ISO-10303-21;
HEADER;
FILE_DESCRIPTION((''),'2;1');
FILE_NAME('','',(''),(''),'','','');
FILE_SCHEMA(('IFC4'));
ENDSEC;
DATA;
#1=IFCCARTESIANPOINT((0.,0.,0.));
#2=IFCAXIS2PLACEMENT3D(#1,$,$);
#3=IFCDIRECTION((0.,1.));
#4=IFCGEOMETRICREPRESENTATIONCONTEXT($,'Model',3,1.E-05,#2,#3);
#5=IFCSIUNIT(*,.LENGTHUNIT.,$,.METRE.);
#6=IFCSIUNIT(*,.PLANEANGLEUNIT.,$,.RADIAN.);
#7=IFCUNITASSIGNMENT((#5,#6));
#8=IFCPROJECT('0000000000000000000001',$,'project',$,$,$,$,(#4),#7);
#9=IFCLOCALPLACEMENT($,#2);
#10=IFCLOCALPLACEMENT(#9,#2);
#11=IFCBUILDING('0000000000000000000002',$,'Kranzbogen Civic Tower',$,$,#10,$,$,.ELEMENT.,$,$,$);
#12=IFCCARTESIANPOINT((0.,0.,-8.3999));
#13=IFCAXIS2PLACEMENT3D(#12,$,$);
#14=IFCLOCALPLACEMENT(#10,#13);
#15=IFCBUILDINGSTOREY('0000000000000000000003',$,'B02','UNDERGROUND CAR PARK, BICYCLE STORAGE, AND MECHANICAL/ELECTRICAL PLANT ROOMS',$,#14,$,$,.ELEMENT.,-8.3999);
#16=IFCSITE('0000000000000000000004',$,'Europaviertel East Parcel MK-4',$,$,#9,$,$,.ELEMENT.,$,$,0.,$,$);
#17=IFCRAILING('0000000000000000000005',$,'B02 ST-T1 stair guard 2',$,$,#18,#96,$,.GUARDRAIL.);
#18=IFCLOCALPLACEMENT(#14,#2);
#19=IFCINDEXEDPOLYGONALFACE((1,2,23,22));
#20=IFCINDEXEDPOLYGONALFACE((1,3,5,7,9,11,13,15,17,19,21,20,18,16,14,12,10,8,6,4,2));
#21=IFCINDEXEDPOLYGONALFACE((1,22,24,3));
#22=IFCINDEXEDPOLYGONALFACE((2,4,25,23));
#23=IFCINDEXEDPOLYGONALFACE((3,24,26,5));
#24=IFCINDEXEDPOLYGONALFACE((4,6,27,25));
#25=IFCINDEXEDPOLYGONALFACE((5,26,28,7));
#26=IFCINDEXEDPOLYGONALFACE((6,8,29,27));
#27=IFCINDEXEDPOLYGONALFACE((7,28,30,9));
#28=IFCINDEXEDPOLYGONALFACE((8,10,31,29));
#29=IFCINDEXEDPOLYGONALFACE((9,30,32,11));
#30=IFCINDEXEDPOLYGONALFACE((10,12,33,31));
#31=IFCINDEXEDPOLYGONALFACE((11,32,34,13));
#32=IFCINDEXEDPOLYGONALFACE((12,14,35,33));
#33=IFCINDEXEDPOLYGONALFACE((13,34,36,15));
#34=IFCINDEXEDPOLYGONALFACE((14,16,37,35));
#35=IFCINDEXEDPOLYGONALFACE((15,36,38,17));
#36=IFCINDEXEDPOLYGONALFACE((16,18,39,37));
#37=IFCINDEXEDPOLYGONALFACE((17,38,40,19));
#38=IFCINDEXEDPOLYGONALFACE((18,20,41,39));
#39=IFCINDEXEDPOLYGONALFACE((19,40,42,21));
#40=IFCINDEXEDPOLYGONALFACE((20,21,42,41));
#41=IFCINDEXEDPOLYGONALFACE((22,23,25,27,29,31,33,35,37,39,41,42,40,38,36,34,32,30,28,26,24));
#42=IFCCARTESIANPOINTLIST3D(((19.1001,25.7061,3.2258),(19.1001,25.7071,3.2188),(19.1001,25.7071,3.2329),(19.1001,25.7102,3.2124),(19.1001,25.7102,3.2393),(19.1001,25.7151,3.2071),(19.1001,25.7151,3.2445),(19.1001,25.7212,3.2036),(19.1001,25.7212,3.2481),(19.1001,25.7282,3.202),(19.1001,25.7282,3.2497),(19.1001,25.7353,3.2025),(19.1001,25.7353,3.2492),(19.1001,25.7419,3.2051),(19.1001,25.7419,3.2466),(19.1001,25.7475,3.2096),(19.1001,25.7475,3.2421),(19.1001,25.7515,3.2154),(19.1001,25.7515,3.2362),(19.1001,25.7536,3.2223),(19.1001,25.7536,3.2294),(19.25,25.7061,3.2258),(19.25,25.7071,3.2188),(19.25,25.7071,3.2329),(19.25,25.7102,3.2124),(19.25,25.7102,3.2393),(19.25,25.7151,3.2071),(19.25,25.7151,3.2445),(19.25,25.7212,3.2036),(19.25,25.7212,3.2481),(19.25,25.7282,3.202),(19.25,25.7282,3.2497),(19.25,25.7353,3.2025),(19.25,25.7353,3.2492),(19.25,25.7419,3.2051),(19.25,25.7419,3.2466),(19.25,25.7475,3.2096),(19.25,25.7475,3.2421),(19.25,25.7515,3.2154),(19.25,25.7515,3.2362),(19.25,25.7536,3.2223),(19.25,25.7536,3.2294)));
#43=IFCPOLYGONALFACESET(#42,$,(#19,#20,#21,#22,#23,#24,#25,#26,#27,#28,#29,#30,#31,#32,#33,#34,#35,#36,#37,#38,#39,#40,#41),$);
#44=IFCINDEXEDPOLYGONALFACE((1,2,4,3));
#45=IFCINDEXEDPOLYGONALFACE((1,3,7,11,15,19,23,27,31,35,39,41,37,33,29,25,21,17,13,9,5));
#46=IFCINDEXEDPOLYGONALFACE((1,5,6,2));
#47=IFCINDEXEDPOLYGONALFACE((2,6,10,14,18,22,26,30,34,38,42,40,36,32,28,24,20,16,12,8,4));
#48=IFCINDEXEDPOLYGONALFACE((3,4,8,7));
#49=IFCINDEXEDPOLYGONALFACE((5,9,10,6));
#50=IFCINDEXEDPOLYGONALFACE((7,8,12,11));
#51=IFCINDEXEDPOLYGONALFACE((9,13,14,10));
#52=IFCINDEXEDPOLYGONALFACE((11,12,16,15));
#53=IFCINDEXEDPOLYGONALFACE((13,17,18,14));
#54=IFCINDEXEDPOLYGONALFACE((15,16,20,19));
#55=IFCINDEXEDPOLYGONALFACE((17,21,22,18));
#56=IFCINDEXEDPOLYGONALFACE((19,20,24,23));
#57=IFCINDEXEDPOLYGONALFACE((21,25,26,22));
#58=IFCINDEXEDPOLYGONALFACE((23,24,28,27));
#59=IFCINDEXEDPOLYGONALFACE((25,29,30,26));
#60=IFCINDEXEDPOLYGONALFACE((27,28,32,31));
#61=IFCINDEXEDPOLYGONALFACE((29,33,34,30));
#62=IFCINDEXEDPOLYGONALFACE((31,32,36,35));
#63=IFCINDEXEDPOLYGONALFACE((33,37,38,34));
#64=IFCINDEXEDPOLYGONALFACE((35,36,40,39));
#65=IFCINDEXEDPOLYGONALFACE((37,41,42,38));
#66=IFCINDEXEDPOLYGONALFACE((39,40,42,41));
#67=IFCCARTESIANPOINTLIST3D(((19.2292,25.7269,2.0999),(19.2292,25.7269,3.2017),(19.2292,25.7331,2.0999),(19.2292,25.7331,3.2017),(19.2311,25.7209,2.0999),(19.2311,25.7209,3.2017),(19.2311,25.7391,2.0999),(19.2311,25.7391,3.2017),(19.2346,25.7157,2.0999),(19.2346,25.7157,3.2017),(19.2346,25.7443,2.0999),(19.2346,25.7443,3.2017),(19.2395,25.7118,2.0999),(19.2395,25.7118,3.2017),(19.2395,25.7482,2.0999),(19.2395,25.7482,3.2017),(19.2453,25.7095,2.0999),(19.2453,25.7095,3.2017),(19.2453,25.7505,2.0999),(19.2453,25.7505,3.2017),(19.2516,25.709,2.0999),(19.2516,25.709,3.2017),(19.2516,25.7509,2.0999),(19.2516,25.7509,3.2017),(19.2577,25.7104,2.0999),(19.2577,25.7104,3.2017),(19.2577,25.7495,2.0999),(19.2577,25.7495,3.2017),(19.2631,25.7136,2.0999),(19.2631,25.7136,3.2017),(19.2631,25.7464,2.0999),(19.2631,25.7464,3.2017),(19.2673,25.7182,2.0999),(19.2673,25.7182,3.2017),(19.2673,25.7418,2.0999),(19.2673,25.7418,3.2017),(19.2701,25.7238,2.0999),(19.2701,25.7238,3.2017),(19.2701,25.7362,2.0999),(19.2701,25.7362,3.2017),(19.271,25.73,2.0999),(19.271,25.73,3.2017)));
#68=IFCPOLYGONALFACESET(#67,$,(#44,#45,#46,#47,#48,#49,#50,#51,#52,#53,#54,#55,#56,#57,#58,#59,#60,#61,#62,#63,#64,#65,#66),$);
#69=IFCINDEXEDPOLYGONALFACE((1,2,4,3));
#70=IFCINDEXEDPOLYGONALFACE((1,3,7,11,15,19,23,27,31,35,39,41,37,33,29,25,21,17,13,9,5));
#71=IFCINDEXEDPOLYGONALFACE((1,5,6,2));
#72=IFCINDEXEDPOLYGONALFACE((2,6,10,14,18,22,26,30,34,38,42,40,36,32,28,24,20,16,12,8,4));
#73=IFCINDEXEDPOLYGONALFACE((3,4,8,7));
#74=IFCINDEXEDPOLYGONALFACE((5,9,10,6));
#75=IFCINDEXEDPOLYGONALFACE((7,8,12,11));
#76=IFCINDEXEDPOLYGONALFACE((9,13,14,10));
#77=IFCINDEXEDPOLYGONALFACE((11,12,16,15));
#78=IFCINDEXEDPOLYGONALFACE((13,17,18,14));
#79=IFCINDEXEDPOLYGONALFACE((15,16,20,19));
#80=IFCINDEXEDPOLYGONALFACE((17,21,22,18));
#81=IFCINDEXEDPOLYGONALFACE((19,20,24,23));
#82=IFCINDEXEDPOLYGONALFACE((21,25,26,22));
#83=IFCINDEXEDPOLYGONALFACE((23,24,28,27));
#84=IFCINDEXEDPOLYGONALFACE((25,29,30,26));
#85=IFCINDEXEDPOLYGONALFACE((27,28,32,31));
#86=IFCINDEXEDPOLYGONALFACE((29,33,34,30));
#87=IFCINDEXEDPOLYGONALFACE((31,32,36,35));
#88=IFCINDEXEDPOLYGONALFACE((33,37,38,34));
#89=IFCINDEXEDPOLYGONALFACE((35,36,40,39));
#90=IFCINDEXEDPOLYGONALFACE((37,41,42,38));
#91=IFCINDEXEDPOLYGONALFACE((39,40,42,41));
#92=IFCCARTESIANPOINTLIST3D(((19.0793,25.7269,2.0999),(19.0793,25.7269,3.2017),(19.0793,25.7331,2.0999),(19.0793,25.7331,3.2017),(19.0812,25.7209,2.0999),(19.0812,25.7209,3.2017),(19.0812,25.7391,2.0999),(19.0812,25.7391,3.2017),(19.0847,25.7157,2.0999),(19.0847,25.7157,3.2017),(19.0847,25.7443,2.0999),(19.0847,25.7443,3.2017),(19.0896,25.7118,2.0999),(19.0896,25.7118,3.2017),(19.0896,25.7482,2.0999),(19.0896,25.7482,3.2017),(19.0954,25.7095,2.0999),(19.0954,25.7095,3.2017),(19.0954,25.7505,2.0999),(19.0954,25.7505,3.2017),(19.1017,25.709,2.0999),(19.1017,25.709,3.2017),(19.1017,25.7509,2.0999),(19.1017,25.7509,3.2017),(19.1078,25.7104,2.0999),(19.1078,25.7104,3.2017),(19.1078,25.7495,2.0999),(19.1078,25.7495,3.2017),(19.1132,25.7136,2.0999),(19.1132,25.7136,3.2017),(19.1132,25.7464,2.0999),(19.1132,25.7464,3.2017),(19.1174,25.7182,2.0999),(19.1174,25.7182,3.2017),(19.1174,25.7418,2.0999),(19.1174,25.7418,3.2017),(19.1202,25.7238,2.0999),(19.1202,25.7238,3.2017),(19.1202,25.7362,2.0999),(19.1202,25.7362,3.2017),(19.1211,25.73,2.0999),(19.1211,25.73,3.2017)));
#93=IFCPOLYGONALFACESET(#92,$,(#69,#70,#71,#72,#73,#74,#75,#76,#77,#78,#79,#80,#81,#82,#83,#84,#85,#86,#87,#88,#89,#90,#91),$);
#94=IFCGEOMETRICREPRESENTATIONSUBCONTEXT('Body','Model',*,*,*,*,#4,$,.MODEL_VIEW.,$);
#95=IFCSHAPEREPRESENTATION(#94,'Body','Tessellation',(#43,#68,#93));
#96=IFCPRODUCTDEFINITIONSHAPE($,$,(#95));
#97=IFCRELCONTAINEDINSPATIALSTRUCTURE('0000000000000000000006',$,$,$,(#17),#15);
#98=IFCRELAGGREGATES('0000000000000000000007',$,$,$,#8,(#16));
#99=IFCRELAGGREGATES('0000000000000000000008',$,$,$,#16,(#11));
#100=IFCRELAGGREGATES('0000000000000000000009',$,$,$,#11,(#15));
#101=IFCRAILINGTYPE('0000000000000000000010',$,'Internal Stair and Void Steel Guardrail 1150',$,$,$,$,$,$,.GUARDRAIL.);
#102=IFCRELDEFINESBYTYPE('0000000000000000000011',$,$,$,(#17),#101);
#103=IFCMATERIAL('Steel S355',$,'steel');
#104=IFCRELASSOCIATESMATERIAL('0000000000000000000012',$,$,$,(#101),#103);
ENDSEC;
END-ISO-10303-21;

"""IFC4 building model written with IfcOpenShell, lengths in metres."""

from ifc_helpers import new_model, si_unit, direction, frame, origin, origin_2d, place, context, subcontext, project, spatial, circle, extrude, material, type_object, element, save


model = new_model("IFC4")

# Units and contexts
model_context = context("Model", 3, precision=1e-05, world=origin(), true_north=direction((0.0, 1.0)))
body_context = subcontext(model_context, "Body", "Model", "MODEL_VIEW")
ifc_project = project(units=[si_unit("LENGTHUNIT", "METRE"), si_unit("PLANEANGLEUNIT", "RADIAN")], contexts=[model_context])

# Site, building, storey
site_placement = place(None, origin())
site = spatial("IfcSite", under=ifc_project, at=site_placement, Name="Europaviertel East Parcel MK-4", CompositionType="ELEMENT", RefElevation=0.0)
building_placement = place(site_placement, origin())
building = spatial("IfcBuilding", under=site, at=building_placement, Name="Kranzbogen Civic Tower", CompositionType="ELEMENT")
storey_placement = place(building_placement, frame((0.0, 0.0, -8.3999)))
storey = spatial("IfcBuildingStorey", under=building, at=storey_placement, Name="B02", Description="UNDERGROUND CAR PARK, BICYCLE STORAGE, AND MECHANICAL/ELECTRICAL PLANT ROOMS", CompositionType="ELEMENT", Elevation=-8.3999)

# Shared definitions
ifc_material_1 = material(Name="Steel S355", Category="steel")

# Railing
railing_type = type_object("IfcRailingType", Name="Internal Stair and Void Steel Guardrail 1150", PredefinedType="GUARDRAIL", material=ifc_material_1)
railing_1_placement = place(storey_placement, frame((19.25, 25.73, 2.0999)))
element("IfcRailing", 1, at=railing_1_placement, inside=storey, type_object=railing_type, Name="B02 ST-T1 stair guard 2", PredefinedType="GUARDRAIL", context=body_context, shape_type="SweptSolid", body=[
    extrude(circle(Radius=0.0239, at=origin_2d()), frame((0.0, 0.0, 1.126), z_axis=(-1.0, 0.0, 0.0), x_axis=(0.0, -1.0, 0.0)), (0.0, 0.0, 1.0), 0.1499),
    extrude(circle(Radius=0.021, at=origin_2d()), origin(), (0.0, 0.0, 1.0), 1.1018),
    extrude(circle(Radius=0.021, at=origin_2d()), frame((-0.1499, 0.0, 0.0)), (0.0, 0.0, 1.0), 1.1018),
])

save(model, "model.ifc")
